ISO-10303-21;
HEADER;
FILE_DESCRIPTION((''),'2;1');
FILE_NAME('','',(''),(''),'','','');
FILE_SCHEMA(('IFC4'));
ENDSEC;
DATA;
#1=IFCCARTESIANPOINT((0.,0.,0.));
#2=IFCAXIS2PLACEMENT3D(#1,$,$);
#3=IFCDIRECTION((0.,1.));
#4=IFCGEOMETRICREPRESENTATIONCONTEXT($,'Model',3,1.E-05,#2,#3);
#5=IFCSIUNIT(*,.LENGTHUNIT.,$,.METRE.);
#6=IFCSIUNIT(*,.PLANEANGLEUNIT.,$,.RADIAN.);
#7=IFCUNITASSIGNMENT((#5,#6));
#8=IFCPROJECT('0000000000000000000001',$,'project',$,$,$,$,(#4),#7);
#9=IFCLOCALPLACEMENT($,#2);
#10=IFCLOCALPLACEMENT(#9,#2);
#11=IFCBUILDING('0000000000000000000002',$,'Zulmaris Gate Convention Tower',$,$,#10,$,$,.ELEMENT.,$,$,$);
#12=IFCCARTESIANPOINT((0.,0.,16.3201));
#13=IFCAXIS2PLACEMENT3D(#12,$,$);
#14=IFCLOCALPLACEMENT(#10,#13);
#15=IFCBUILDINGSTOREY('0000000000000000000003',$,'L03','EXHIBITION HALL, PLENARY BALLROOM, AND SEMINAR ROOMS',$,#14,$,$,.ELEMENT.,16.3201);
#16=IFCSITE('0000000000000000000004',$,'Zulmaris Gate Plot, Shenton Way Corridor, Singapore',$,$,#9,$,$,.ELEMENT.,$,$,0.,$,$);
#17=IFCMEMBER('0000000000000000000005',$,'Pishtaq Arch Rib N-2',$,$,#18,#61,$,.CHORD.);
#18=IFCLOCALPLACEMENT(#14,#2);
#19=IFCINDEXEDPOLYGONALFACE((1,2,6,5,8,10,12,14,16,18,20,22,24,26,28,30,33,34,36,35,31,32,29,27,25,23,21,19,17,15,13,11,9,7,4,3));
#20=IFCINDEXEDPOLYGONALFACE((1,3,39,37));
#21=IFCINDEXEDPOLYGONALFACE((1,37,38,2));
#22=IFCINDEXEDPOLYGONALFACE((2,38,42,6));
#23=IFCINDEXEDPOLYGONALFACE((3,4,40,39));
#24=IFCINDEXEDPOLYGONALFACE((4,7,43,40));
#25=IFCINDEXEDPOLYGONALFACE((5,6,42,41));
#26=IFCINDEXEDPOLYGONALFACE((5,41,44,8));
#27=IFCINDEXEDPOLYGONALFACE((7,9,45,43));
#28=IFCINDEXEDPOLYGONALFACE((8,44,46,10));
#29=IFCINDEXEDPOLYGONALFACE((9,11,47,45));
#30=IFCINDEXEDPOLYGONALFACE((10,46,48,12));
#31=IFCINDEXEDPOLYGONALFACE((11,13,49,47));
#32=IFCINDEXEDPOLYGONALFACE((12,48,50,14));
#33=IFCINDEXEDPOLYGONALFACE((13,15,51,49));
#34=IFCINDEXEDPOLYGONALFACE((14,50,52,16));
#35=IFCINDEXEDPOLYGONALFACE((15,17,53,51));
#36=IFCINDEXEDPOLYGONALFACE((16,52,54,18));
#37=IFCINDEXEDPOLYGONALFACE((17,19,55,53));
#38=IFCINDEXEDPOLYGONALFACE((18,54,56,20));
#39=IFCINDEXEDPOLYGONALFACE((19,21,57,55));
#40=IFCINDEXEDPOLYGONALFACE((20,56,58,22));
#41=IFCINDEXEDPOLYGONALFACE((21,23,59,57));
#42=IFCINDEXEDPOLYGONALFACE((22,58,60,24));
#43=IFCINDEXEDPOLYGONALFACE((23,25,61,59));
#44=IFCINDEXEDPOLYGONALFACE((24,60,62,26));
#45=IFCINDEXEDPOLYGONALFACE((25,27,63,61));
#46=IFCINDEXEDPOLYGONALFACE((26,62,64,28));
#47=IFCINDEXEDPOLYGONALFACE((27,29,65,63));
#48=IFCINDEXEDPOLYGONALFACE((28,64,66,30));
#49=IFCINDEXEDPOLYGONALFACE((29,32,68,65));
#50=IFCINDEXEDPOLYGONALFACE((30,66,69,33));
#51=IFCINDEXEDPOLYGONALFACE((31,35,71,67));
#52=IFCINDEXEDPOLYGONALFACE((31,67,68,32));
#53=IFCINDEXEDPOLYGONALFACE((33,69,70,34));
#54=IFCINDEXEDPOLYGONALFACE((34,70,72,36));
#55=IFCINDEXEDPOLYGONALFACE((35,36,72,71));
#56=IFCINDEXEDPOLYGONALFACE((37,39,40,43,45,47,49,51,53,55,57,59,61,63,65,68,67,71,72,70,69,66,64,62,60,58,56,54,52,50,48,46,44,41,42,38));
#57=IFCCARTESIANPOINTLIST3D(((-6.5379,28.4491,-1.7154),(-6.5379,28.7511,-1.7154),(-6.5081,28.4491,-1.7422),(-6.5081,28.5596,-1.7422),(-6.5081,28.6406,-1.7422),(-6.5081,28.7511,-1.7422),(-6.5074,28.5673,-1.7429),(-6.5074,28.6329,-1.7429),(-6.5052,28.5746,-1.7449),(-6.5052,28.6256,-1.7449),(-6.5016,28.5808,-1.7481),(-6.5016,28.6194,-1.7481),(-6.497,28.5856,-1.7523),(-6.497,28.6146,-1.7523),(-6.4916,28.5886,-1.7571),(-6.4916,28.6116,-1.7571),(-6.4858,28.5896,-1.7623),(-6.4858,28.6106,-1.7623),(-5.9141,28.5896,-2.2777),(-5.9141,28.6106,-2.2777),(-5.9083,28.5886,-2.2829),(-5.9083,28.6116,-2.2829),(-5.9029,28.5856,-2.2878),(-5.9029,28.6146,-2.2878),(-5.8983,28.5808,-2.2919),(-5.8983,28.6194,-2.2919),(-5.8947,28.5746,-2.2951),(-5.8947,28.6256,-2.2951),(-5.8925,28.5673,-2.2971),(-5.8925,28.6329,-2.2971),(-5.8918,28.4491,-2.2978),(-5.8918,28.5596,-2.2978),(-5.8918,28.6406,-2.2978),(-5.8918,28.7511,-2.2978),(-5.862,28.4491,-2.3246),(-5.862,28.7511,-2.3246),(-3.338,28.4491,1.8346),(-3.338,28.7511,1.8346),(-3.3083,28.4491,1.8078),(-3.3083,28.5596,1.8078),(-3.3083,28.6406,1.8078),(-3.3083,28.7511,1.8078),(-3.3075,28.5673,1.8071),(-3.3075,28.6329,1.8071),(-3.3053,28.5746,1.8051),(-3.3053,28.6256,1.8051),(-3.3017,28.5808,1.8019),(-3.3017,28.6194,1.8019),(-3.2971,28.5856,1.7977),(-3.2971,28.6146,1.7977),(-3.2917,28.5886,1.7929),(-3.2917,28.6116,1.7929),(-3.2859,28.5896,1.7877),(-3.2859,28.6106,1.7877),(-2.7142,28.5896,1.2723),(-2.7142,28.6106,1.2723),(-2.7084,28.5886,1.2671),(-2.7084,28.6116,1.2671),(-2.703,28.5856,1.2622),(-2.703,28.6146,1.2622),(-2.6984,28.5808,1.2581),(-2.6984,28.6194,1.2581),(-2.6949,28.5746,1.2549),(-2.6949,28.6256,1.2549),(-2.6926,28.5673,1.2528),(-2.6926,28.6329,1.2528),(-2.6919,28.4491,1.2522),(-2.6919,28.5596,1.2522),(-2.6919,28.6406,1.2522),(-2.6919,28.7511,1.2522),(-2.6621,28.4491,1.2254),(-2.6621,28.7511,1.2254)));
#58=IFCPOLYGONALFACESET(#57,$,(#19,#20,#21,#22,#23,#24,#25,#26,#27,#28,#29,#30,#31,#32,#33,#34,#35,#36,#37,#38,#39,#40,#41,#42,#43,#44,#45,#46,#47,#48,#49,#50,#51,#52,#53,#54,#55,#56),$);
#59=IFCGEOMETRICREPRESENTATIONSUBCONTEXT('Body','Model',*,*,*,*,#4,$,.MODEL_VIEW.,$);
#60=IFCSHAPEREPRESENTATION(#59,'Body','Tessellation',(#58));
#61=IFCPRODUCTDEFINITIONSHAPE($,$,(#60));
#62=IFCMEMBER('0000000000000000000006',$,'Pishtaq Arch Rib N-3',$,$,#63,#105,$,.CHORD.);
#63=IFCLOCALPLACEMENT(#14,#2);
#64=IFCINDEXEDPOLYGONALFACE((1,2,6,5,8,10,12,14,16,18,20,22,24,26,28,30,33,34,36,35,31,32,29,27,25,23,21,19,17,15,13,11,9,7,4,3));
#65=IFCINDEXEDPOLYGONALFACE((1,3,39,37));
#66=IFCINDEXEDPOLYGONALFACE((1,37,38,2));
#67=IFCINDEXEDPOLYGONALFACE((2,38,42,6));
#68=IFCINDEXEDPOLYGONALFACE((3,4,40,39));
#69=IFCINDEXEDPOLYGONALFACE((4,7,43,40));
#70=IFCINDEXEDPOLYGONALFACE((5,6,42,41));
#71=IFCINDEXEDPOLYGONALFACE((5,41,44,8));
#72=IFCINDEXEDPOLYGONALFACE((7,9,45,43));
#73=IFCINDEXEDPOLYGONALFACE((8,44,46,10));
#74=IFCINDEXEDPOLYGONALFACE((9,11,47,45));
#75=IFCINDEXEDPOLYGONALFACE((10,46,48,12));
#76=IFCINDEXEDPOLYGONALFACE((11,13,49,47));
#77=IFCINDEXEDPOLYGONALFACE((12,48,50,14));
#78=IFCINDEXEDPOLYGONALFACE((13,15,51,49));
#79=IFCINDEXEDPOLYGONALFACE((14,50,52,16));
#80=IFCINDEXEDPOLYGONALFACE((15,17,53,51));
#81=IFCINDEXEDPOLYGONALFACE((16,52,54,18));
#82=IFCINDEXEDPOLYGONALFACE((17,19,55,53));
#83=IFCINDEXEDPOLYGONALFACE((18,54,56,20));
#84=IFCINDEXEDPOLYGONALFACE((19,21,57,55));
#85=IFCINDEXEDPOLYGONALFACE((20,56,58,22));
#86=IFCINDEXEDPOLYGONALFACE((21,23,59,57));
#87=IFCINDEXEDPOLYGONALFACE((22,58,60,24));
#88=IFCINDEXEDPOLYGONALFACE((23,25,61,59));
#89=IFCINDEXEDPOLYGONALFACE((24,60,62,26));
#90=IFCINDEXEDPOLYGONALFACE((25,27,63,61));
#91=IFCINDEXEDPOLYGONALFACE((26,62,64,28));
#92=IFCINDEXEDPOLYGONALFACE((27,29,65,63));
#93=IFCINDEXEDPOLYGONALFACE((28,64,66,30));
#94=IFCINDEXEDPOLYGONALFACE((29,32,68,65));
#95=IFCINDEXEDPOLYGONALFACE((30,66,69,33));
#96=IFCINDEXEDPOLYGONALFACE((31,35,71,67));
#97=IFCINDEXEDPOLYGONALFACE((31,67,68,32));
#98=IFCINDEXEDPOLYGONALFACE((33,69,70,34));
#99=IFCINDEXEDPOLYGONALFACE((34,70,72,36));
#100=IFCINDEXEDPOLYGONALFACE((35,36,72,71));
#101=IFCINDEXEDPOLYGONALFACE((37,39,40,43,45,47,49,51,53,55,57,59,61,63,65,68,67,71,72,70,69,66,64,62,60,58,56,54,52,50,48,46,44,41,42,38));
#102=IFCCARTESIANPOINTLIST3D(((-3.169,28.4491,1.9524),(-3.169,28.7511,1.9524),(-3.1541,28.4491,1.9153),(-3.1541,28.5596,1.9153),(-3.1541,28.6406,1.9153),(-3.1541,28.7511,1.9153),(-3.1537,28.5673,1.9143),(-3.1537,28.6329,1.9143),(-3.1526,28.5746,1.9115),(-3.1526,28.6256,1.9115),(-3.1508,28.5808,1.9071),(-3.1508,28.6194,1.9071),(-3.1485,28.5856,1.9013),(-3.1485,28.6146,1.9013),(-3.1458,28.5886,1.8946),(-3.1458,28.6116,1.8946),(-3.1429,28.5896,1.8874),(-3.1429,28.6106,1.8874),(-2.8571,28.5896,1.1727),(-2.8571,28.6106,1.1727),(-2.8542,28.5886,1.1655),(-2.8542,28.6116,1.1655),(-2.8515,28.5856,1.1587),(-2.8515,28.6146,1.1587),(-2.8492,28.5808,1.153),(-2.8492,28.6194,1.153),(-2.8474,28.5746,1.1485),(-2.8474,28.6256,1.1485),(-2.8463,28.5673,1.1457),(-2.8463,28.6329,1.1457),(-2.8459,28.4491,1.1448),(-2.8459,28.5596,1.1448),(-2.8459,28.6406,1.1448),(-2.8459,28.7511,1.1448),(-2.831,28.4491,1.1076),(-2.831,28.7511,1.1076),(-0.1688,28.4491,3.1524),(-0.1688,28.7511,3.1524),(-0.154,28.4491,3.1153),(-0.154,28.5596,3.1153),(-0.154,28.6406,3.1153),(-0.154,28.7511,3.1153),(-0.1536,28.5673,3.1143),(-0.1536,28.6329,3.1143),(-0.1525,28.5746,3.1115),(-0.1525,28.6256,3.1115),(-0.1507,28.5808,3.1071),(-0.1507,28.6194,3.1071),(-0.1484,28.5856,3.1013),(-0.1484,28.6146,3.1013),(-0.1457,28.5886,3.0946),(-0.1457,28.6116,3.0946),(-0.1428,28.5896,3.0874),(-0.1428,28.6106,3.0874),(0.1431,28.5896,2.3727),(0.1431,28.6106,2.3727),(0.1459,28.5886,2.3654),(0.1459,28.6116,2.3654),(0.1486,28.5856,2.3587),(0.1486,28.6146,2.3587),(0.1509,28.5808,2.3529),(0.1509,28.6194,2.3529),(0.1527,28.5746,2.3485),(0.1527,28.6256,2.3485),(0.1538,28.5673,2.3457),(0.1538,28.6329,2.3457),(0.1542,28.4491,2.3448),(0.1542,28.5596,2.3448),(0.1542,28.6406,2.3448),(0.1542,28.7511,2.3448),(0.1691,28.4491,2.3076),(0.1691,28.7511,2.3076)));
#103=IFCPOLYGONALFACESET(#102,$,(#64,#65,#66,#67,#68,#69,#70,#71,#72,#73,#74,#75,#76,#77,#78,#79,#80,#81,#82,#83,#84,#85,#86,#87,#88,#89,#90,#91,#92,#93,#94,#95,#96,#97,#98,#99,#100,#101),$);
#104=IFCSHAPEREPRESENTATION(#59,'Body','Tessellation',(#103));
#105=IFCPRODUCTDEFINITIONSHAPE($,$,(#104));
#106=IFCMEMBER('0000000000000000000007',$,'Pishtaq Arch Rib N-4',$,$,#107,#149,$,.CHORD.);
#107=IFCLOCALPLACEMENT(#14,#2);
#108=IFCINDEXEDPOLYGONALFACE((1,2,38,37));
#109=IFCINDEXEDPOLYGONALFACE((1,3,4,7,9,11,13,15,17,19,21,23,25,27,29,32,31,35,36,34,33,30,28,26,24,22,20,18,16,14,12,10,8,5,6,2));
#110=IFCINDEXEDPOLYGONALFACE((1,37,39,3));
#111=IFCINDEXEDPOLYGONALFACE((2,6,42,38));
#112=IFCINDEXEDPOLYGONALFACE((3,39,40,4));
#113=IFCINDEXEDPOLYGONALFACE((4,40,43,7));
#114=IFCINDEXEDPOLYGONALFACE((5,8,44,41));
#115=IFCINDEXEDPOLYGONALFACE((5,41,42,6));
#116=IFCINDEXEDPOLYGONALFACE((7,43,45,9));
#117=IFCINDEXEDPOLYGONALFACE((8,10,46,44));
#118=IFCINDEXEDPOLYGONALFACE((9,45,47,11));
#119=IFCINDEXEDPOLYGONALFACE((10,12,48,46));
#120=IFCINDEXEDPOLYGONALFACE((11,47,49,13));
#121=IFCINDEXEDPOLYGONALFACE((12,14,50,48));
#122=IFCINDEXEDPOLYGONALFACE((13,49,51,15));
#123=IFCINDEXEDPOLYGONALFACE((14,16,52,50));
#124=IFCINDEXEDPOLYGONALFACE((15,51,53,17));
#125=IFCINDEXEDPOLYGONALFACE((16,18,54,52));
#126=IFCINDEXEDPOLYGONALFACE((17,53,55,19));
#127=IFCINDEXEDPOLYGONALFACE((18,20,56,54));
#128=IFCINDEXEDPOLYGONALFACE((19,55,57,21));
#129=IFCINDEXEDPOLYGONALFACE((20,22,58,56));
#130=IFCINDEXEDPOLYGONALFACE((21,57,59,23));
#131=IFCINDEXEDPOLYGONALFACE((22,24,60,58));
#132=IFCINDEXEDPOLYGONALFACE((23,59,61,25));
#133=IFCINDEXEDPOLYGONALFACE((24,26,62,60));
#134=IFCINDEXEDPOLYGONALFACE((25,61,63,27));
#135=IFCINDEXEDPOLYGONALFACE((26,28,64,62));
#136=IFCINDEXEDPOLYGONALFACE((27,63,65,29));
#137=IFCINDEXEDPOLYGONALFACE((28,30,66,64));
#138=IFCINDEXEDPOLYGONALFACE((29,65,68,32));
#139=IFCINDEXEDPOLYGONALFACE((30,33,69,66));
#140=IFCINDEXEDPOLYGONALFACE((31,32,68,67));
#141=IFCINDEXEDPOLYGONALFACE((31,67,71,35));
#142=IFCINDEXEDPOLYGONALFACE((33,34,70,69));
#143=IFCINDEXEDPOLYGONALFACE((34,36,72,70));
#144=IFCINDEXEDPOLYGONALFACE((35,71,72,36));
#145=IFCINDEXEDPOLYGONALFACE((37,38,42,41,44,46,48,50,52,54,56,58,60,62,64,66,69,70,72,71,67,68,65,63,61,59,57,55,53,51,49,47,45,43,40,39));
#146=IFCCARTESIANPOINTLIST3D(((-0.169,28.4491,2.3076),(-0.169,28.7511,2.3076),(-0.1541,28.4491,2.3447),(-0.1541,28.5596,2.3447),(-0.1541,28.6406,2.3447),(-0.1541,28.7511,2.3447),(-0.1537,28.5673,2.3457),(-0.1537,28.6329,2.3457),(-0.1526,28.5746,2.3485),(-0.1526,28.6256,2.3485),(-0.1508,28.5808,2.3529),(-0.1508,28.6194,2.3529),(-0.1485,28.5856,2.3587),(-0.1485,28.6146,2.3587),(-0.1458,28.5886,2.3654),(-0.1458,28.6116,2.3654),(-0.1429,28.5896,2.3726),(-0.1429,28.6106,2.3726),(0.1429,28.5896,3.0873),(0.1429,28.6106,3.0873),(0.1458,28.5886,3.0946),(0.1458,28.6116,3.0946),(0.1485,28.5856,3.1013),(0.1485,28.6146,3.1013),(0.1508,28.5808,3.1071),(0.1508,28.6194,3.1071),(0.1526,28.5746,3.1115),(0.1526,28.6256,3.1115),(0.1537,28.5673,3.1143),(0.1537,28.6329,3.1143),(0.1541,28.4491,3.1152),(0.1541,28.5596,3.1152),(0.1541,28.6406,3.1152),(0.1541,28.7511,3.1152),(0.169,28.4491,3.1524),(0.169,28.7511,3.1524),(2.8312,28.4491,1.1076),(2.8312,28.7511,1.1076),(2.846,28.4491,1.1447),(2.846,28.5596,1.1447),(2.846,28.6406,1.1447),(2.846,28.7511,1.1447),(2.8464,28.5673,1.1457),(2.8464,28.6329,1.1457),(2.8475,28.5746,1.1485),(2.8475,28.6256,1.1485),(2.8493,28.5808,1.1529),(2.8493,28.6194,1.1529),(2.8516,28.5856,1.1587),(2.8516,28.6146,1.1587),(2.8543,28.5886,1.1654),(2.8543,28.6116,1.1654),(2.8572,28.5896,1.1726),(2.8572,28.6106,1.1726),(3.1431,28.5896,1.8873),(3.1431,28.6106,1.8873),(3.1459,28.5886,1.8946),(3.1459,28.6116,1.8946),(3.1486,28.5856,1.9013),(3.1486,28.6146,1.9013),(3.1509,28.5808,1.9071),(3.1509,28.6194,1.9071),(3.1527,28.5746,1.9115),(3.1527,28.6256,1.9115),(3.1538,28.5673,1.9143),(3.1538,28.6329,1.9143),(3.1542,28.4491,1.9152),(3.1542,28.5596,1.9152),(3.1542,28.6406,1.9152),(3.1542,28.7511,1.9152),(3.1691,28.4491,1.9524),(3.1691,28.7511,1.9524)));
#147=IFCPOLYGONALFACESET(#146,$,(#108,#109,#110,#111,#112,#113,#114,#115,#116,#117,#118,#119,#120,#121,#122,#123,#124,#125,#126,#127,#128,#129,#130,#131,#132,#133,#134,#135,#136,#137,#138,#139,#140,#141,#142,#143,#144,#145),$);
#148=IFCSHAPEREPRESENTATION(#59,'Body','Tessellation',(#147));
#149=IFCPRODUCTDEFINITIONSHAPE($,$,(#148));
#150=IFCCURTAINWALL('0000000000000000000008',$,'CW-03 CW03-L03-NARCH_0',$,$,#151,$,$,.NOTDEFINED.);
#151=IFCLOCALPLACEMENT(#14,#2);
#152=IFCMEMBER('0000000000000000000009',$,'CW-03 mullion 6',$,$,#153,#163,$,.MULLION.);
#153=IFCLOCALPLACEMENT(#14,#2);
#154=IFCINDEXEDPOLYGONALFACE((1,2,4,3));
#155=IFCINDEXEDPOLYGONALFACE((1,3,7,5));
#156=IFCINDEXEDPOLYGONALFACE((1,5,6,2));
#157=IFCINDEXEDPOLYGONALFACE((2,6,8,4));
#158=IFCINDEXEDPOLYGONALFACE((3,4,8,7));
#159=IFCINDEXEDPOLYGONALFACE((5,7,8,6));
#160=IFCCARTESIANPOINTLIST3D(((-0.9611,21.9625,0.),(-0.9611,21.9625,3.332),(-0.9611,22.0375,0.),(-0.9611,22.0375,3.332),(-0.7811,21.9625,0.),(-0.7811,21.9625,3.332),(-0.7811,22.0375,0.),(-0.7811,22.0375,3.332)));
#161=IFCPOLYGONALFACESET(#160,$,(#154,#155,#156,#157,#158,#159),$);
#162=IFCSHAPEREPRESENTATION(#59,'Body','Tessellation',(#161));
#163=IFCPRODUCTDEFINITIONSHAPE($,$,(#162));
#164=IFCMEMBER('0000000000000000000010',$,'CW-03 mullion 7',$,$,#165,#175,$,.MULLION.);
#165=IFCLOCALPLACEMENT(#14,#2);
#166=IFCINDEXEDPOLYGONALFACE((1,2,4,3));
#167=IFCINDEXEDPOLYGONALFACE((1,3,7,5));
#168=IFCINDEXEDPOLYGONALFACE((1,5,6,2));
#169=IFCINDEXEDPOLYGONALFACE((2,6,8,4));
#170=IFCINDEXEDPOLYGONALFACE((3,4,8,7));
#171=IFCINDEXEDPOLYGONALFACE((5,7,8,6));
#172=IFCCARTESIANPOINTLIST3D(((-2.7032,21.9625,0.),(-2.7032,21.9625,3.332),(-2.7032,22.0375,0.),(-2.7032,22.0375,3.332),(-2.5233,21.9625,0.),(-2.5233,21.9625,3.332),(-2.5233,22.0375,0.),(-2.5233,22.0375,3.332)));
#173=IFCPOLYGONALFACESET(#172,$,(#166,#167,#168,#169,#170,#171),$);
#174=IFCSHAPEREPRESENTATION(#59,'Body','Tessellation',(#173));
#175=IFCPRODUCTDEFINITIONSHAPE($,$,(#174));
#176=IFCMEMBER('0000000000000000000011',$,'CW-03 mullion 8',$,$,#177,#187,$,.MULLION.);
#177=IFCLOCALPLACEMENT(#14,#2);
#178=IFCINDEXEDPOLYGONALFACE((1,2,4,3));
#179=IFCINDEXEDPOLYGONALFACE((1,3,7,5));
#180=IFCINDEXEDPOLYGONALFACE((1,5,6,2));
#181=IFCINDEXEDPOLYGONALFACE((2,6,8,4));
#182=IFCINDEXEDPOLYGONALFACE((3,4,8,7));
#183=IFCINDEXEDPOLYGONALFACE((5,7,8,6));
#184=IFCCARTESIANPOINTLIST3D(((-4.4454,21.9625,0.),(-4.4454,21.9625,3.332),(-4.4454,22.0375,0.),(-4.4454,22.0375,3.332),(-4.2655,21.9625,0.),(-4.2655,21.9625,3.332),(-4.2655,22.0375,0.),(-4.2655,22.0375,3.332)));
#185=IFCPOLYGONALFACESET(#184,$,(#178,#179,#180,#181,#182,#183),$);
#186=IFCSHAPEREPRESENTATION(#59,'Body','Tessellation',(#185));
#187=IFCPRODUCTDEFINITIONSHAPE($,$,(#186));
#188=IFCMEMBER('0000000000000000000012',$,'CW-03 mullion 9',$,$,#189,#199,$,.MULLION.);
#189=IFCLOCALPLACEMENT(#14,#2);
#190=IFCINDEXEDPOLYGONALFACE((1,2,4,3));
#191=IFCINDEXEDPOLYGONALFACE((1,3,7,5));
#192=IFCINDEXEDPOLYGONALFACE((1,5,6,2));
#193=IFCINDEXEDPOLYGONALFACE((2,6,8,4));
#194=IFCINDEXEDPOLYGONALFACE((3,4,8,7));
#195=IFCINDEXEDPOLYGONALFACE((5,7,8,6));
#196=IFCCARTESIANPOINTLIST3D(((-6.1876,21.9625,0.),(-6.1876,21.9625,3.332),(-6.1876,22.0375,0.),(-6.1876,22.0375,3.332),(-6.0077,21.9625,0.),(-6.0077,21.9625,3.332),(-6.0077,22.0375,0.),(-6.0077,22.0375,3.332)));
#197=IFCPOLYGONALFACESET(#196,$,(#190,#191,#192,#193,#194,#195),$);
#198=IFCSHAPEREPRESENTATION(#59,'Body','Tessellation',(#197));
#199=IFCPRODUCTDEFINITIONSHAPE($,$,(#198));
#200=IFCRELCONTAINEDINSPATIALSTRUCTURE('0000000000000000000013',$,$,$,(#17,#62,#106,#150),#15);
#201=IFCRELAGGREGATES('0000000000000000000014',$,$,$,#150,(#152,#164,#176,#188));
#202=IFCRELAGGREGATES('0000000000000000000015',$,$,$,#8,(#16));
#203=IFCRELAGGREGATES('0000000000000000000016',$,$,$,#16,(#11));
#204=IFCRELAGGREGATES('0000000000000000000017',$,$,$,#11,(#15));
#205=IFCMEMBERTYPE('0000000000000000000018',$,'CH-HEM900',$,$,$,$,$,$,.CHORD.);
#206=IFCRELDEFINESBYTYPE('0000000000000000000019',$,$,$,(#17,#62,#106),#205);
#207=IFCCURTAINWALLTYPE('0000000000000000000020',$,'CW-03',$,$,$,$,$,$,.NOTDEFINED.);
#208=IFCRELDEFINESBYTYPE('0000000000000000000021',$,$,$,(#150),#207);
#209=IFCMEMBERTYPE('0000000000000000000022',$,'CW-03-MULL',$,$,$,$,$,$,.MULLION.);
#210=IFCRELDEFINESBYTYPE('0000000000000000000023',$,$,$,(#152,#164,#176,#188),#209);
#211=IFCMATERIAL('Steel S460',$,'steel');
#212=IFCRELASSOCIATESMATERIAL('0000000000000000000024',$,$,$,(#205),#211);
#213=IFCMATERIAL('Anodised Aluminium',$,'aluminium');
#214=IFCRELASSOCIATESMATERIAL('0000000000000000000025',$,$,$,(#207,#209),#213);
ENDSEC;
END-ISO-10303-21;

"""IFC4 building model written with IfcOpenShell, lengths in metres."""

from ifc_helpers import new_model, si_unit, direction, frame, origin, origin_2d, place, context, subcontext, project, spatial, rectangle, i_section, extrude, material, material_profile, profile_set, type_object, element, aggregate, save


model = new_model("IFC4")

# Units and contexts
model_context = context("Model", 3, precision=1e-05, world=origin(), true_north=direction((0.0, 1.0)))
body_context = subcontext(model_context, "Body", "Model", "MODEL_VIEW")
ifc_project = project(units=[si_unit("LENGTHUNIT", "METRE"), si_unit("PLANEANGLEUNIT", "RADIAN")], contexts=[model_context])

# Site, building, storey
site_placement = place(None, origin())
site = spatial("IfcSite", under=ifc_project, at=site_placement, Name="Zulmaris Gate Plot, Shenton Way Corridor, Singapore", CompositionType="ELEMENT", RefElevation=0.0)
building_placement = place(site_placement, origin())
building = spatial("IfcBuilding", under=site, at=building_placement, Name="Zulmaris Gate Convention Tower", CompositionType="ELEMENT")
storey_placement = place(building_placement, frame((0.0, 0.0, 16.3201)))
storey = spatial("IfcBuildingStorey", under=building, at=storey_placement, Name="L03", Description="EXHIBITION HALL, PLENARY BALLROOM, AND SEMINAR ROOMS", CompositionType="ELEMENT", Elevation=16.3201)

# Members
ifc_material_1 = material(Name="Steel S460", Category="steel")
ifc_material_profile_1 = material_profile(ifc_material_1, i_section(OverallWidth=0.302, OverallDepth=0.9099, WebThickness=0.021, FlangeThickness=0.04, FilletRadius=0.03, at=origin_2d()), Name="HEM 900")
ifc_profile_set_1 = profile_set([ifc_material_profile_1], Name="Steel S460")
member_type_1 = type_object("IfcMemberType", Name="CH-HEM900", PredefinedType="CHORD", material=ifc_profile_set_1)
member_1_placement = place(storey_placement, frame((-6.2, 28.6001, -2.02), z_axis=(0.669532, 0.0, 0.742783), x_axis=(0.0, 1.0, 0.0)))
element("IfcMember", 1, at=member_1_placement, inside=storey, type_object=member_type_1, Name="Pishtaq Arch Rib N-2", PredefinedType="CHORD", context=body_context, shape_type="SweptSolid", body=[
    extrude(i_section(OverallWidth=0.302, OverallDepth=0.9099, WebThickness=0.021, FlangeThickness=0.04, FilletRadius=0.03, at=origin_2d()), origin(), (0.0, 0.0, 1.0), 4.7793),
])
for number, where, z_axis, x_axis, name in (
    (2, (-3.0, 28.6001, 1.53), (0.928482, 0.0, 0.371378), (0.0, 1.0, 0.0), "Pishtaq Arch Rib N-3"),
    (3, (0.0, 28.6001, 2.73), (0.928482, 0.0, -0.371378), (0.0, 1.0, 0.0), "Pishtaq Arch Rib N-4"),
):
    element("IfcMember", number, at=place(storey_placement, frame(where, z_axis=z_axis, x_axis=x_axis)), inside=storey, type_object=member_type_1, Name=name, PredefinedType="CHORD", context=body_context, shape_type="SweptSolid", body=[
        extrude(i_section(OverallWidth=0.302, OverallDepth=0.9099, WebThickness=0.021, FlangeThickness=0.04, FilletRadius=0.03, at=origin_2d()), origin(), (0.0, 0.0, 1.0), 3.2312),
    ])

# Curtain wall, members
ifc_material_2 = material(Name="Anodised Aluminium", Category="aluminium")
curtain_wall_type = type_object("IfcCurtainWallType", Name="CW-03", PredefinedType="NOTDEFINED", material=ifc_material_2)
curtain_wall_placement = place(storey_placement, origin())
curtain_wall = element("IfcCurtainWall", 4, at=curtain_wall_placement, inside=storey, type_object=curtain_wall_type, Name="CW-03 CW03-L03-NARCH_0", PredefinedType="NOTDEFINED")
ifc_material_profile_2 = material_profile(ifc_material_2, rectangle(XDim=0.075, YDim=0.1799, at=origin_2d()), Name="ALU MULLION 75x180")
ifc_profile_set_2 = profile_set([ifc_material_profile_2], Name="Anodised Aluminium")
member_type_2 = type_object("IfcMemberType", Name="CW-03-MULL", PredefinedType="MULLION", material=ifc_profile_set_2)
member_2_placement = place(storey_placement, frame((-0.8711, 22.0, 0.0), z_axis=(0.0, 0.0, 1.0), x_axis=(0.0, -1.0, 0.0)))
member_2 = element("IfcMember", 5, at=member_2_placement, type_object=member_type_2, Name="CW-03 mullion 6", PredefinedType="MULLION", context=body_context, shape_type="SweptSolid", body=[
    extrude(rectangle(XDim=0.075, YDim=0.1799, at=origin_2d()), origin(), (0.0, 0.0, 1.0), 3.332),
])
member_3_placement = place(storey_placement, frame((-2.6133, 22.0, 0.0), z_axis=(0.0, 0.0, 1.0), x_axis=(0.0, -1.0, 0.0)))
member_3 = element("IfcMember", 6, at=member_3_placement, type_object=member_type_2, Name="CW-03 mullion 7", PredefinedType="MULLION", context=body_context, shape_type="SweptSolid", body=[
    extrude(rectangle(XDim=0.075, YDim=0.1799, at=origin_2d()), origin(), (0.0, 0.0, 1.0), 3.332),
])
member_4_placement = place(storey_placement, frame((-4.3555, 22.0, 0.0), z_axis=(0.0, 0.0, 1.0), x_axis=(0.0, -1.0, 0.0)))
member_4 = element("IfcMember", 7, at=member_4_placement, type_object=member_type_2, Name="CW-03 mullion 8", PredefinedType="MULLION", context=body_context, shape_type="SweptSolid", body=[
    extrude(rectangle(XDim=0.075, YDim=0.1799, at=origin_2d()), origin(), (0.0, 0.0, 1.0), 3.332),
])
member_5_placement = place(storey_placement, frame((-6.0977, 22.0, 0.0), z_axis=(0.0, 0.0, 1.0), x_axis=(0.0, -1.0, 0.0)))
member_5 = element("IfcMember", 8, at=member_5_placement, type_object=member_type_2, Name="CW-03 mullion 9", PredefinedType="MULLION", context=body_context, shape_type="SweptSolid", body=[
    extrude(rectangle(XDim=0.075, YDim=0.1799, at=origin_2d()), origin(), (0.0, 0.0, 1.0), 3.332),
])
aggregate(curtain_wall, [member_2, member_3, member_4, member_5])

save(model, "model.ifc")
